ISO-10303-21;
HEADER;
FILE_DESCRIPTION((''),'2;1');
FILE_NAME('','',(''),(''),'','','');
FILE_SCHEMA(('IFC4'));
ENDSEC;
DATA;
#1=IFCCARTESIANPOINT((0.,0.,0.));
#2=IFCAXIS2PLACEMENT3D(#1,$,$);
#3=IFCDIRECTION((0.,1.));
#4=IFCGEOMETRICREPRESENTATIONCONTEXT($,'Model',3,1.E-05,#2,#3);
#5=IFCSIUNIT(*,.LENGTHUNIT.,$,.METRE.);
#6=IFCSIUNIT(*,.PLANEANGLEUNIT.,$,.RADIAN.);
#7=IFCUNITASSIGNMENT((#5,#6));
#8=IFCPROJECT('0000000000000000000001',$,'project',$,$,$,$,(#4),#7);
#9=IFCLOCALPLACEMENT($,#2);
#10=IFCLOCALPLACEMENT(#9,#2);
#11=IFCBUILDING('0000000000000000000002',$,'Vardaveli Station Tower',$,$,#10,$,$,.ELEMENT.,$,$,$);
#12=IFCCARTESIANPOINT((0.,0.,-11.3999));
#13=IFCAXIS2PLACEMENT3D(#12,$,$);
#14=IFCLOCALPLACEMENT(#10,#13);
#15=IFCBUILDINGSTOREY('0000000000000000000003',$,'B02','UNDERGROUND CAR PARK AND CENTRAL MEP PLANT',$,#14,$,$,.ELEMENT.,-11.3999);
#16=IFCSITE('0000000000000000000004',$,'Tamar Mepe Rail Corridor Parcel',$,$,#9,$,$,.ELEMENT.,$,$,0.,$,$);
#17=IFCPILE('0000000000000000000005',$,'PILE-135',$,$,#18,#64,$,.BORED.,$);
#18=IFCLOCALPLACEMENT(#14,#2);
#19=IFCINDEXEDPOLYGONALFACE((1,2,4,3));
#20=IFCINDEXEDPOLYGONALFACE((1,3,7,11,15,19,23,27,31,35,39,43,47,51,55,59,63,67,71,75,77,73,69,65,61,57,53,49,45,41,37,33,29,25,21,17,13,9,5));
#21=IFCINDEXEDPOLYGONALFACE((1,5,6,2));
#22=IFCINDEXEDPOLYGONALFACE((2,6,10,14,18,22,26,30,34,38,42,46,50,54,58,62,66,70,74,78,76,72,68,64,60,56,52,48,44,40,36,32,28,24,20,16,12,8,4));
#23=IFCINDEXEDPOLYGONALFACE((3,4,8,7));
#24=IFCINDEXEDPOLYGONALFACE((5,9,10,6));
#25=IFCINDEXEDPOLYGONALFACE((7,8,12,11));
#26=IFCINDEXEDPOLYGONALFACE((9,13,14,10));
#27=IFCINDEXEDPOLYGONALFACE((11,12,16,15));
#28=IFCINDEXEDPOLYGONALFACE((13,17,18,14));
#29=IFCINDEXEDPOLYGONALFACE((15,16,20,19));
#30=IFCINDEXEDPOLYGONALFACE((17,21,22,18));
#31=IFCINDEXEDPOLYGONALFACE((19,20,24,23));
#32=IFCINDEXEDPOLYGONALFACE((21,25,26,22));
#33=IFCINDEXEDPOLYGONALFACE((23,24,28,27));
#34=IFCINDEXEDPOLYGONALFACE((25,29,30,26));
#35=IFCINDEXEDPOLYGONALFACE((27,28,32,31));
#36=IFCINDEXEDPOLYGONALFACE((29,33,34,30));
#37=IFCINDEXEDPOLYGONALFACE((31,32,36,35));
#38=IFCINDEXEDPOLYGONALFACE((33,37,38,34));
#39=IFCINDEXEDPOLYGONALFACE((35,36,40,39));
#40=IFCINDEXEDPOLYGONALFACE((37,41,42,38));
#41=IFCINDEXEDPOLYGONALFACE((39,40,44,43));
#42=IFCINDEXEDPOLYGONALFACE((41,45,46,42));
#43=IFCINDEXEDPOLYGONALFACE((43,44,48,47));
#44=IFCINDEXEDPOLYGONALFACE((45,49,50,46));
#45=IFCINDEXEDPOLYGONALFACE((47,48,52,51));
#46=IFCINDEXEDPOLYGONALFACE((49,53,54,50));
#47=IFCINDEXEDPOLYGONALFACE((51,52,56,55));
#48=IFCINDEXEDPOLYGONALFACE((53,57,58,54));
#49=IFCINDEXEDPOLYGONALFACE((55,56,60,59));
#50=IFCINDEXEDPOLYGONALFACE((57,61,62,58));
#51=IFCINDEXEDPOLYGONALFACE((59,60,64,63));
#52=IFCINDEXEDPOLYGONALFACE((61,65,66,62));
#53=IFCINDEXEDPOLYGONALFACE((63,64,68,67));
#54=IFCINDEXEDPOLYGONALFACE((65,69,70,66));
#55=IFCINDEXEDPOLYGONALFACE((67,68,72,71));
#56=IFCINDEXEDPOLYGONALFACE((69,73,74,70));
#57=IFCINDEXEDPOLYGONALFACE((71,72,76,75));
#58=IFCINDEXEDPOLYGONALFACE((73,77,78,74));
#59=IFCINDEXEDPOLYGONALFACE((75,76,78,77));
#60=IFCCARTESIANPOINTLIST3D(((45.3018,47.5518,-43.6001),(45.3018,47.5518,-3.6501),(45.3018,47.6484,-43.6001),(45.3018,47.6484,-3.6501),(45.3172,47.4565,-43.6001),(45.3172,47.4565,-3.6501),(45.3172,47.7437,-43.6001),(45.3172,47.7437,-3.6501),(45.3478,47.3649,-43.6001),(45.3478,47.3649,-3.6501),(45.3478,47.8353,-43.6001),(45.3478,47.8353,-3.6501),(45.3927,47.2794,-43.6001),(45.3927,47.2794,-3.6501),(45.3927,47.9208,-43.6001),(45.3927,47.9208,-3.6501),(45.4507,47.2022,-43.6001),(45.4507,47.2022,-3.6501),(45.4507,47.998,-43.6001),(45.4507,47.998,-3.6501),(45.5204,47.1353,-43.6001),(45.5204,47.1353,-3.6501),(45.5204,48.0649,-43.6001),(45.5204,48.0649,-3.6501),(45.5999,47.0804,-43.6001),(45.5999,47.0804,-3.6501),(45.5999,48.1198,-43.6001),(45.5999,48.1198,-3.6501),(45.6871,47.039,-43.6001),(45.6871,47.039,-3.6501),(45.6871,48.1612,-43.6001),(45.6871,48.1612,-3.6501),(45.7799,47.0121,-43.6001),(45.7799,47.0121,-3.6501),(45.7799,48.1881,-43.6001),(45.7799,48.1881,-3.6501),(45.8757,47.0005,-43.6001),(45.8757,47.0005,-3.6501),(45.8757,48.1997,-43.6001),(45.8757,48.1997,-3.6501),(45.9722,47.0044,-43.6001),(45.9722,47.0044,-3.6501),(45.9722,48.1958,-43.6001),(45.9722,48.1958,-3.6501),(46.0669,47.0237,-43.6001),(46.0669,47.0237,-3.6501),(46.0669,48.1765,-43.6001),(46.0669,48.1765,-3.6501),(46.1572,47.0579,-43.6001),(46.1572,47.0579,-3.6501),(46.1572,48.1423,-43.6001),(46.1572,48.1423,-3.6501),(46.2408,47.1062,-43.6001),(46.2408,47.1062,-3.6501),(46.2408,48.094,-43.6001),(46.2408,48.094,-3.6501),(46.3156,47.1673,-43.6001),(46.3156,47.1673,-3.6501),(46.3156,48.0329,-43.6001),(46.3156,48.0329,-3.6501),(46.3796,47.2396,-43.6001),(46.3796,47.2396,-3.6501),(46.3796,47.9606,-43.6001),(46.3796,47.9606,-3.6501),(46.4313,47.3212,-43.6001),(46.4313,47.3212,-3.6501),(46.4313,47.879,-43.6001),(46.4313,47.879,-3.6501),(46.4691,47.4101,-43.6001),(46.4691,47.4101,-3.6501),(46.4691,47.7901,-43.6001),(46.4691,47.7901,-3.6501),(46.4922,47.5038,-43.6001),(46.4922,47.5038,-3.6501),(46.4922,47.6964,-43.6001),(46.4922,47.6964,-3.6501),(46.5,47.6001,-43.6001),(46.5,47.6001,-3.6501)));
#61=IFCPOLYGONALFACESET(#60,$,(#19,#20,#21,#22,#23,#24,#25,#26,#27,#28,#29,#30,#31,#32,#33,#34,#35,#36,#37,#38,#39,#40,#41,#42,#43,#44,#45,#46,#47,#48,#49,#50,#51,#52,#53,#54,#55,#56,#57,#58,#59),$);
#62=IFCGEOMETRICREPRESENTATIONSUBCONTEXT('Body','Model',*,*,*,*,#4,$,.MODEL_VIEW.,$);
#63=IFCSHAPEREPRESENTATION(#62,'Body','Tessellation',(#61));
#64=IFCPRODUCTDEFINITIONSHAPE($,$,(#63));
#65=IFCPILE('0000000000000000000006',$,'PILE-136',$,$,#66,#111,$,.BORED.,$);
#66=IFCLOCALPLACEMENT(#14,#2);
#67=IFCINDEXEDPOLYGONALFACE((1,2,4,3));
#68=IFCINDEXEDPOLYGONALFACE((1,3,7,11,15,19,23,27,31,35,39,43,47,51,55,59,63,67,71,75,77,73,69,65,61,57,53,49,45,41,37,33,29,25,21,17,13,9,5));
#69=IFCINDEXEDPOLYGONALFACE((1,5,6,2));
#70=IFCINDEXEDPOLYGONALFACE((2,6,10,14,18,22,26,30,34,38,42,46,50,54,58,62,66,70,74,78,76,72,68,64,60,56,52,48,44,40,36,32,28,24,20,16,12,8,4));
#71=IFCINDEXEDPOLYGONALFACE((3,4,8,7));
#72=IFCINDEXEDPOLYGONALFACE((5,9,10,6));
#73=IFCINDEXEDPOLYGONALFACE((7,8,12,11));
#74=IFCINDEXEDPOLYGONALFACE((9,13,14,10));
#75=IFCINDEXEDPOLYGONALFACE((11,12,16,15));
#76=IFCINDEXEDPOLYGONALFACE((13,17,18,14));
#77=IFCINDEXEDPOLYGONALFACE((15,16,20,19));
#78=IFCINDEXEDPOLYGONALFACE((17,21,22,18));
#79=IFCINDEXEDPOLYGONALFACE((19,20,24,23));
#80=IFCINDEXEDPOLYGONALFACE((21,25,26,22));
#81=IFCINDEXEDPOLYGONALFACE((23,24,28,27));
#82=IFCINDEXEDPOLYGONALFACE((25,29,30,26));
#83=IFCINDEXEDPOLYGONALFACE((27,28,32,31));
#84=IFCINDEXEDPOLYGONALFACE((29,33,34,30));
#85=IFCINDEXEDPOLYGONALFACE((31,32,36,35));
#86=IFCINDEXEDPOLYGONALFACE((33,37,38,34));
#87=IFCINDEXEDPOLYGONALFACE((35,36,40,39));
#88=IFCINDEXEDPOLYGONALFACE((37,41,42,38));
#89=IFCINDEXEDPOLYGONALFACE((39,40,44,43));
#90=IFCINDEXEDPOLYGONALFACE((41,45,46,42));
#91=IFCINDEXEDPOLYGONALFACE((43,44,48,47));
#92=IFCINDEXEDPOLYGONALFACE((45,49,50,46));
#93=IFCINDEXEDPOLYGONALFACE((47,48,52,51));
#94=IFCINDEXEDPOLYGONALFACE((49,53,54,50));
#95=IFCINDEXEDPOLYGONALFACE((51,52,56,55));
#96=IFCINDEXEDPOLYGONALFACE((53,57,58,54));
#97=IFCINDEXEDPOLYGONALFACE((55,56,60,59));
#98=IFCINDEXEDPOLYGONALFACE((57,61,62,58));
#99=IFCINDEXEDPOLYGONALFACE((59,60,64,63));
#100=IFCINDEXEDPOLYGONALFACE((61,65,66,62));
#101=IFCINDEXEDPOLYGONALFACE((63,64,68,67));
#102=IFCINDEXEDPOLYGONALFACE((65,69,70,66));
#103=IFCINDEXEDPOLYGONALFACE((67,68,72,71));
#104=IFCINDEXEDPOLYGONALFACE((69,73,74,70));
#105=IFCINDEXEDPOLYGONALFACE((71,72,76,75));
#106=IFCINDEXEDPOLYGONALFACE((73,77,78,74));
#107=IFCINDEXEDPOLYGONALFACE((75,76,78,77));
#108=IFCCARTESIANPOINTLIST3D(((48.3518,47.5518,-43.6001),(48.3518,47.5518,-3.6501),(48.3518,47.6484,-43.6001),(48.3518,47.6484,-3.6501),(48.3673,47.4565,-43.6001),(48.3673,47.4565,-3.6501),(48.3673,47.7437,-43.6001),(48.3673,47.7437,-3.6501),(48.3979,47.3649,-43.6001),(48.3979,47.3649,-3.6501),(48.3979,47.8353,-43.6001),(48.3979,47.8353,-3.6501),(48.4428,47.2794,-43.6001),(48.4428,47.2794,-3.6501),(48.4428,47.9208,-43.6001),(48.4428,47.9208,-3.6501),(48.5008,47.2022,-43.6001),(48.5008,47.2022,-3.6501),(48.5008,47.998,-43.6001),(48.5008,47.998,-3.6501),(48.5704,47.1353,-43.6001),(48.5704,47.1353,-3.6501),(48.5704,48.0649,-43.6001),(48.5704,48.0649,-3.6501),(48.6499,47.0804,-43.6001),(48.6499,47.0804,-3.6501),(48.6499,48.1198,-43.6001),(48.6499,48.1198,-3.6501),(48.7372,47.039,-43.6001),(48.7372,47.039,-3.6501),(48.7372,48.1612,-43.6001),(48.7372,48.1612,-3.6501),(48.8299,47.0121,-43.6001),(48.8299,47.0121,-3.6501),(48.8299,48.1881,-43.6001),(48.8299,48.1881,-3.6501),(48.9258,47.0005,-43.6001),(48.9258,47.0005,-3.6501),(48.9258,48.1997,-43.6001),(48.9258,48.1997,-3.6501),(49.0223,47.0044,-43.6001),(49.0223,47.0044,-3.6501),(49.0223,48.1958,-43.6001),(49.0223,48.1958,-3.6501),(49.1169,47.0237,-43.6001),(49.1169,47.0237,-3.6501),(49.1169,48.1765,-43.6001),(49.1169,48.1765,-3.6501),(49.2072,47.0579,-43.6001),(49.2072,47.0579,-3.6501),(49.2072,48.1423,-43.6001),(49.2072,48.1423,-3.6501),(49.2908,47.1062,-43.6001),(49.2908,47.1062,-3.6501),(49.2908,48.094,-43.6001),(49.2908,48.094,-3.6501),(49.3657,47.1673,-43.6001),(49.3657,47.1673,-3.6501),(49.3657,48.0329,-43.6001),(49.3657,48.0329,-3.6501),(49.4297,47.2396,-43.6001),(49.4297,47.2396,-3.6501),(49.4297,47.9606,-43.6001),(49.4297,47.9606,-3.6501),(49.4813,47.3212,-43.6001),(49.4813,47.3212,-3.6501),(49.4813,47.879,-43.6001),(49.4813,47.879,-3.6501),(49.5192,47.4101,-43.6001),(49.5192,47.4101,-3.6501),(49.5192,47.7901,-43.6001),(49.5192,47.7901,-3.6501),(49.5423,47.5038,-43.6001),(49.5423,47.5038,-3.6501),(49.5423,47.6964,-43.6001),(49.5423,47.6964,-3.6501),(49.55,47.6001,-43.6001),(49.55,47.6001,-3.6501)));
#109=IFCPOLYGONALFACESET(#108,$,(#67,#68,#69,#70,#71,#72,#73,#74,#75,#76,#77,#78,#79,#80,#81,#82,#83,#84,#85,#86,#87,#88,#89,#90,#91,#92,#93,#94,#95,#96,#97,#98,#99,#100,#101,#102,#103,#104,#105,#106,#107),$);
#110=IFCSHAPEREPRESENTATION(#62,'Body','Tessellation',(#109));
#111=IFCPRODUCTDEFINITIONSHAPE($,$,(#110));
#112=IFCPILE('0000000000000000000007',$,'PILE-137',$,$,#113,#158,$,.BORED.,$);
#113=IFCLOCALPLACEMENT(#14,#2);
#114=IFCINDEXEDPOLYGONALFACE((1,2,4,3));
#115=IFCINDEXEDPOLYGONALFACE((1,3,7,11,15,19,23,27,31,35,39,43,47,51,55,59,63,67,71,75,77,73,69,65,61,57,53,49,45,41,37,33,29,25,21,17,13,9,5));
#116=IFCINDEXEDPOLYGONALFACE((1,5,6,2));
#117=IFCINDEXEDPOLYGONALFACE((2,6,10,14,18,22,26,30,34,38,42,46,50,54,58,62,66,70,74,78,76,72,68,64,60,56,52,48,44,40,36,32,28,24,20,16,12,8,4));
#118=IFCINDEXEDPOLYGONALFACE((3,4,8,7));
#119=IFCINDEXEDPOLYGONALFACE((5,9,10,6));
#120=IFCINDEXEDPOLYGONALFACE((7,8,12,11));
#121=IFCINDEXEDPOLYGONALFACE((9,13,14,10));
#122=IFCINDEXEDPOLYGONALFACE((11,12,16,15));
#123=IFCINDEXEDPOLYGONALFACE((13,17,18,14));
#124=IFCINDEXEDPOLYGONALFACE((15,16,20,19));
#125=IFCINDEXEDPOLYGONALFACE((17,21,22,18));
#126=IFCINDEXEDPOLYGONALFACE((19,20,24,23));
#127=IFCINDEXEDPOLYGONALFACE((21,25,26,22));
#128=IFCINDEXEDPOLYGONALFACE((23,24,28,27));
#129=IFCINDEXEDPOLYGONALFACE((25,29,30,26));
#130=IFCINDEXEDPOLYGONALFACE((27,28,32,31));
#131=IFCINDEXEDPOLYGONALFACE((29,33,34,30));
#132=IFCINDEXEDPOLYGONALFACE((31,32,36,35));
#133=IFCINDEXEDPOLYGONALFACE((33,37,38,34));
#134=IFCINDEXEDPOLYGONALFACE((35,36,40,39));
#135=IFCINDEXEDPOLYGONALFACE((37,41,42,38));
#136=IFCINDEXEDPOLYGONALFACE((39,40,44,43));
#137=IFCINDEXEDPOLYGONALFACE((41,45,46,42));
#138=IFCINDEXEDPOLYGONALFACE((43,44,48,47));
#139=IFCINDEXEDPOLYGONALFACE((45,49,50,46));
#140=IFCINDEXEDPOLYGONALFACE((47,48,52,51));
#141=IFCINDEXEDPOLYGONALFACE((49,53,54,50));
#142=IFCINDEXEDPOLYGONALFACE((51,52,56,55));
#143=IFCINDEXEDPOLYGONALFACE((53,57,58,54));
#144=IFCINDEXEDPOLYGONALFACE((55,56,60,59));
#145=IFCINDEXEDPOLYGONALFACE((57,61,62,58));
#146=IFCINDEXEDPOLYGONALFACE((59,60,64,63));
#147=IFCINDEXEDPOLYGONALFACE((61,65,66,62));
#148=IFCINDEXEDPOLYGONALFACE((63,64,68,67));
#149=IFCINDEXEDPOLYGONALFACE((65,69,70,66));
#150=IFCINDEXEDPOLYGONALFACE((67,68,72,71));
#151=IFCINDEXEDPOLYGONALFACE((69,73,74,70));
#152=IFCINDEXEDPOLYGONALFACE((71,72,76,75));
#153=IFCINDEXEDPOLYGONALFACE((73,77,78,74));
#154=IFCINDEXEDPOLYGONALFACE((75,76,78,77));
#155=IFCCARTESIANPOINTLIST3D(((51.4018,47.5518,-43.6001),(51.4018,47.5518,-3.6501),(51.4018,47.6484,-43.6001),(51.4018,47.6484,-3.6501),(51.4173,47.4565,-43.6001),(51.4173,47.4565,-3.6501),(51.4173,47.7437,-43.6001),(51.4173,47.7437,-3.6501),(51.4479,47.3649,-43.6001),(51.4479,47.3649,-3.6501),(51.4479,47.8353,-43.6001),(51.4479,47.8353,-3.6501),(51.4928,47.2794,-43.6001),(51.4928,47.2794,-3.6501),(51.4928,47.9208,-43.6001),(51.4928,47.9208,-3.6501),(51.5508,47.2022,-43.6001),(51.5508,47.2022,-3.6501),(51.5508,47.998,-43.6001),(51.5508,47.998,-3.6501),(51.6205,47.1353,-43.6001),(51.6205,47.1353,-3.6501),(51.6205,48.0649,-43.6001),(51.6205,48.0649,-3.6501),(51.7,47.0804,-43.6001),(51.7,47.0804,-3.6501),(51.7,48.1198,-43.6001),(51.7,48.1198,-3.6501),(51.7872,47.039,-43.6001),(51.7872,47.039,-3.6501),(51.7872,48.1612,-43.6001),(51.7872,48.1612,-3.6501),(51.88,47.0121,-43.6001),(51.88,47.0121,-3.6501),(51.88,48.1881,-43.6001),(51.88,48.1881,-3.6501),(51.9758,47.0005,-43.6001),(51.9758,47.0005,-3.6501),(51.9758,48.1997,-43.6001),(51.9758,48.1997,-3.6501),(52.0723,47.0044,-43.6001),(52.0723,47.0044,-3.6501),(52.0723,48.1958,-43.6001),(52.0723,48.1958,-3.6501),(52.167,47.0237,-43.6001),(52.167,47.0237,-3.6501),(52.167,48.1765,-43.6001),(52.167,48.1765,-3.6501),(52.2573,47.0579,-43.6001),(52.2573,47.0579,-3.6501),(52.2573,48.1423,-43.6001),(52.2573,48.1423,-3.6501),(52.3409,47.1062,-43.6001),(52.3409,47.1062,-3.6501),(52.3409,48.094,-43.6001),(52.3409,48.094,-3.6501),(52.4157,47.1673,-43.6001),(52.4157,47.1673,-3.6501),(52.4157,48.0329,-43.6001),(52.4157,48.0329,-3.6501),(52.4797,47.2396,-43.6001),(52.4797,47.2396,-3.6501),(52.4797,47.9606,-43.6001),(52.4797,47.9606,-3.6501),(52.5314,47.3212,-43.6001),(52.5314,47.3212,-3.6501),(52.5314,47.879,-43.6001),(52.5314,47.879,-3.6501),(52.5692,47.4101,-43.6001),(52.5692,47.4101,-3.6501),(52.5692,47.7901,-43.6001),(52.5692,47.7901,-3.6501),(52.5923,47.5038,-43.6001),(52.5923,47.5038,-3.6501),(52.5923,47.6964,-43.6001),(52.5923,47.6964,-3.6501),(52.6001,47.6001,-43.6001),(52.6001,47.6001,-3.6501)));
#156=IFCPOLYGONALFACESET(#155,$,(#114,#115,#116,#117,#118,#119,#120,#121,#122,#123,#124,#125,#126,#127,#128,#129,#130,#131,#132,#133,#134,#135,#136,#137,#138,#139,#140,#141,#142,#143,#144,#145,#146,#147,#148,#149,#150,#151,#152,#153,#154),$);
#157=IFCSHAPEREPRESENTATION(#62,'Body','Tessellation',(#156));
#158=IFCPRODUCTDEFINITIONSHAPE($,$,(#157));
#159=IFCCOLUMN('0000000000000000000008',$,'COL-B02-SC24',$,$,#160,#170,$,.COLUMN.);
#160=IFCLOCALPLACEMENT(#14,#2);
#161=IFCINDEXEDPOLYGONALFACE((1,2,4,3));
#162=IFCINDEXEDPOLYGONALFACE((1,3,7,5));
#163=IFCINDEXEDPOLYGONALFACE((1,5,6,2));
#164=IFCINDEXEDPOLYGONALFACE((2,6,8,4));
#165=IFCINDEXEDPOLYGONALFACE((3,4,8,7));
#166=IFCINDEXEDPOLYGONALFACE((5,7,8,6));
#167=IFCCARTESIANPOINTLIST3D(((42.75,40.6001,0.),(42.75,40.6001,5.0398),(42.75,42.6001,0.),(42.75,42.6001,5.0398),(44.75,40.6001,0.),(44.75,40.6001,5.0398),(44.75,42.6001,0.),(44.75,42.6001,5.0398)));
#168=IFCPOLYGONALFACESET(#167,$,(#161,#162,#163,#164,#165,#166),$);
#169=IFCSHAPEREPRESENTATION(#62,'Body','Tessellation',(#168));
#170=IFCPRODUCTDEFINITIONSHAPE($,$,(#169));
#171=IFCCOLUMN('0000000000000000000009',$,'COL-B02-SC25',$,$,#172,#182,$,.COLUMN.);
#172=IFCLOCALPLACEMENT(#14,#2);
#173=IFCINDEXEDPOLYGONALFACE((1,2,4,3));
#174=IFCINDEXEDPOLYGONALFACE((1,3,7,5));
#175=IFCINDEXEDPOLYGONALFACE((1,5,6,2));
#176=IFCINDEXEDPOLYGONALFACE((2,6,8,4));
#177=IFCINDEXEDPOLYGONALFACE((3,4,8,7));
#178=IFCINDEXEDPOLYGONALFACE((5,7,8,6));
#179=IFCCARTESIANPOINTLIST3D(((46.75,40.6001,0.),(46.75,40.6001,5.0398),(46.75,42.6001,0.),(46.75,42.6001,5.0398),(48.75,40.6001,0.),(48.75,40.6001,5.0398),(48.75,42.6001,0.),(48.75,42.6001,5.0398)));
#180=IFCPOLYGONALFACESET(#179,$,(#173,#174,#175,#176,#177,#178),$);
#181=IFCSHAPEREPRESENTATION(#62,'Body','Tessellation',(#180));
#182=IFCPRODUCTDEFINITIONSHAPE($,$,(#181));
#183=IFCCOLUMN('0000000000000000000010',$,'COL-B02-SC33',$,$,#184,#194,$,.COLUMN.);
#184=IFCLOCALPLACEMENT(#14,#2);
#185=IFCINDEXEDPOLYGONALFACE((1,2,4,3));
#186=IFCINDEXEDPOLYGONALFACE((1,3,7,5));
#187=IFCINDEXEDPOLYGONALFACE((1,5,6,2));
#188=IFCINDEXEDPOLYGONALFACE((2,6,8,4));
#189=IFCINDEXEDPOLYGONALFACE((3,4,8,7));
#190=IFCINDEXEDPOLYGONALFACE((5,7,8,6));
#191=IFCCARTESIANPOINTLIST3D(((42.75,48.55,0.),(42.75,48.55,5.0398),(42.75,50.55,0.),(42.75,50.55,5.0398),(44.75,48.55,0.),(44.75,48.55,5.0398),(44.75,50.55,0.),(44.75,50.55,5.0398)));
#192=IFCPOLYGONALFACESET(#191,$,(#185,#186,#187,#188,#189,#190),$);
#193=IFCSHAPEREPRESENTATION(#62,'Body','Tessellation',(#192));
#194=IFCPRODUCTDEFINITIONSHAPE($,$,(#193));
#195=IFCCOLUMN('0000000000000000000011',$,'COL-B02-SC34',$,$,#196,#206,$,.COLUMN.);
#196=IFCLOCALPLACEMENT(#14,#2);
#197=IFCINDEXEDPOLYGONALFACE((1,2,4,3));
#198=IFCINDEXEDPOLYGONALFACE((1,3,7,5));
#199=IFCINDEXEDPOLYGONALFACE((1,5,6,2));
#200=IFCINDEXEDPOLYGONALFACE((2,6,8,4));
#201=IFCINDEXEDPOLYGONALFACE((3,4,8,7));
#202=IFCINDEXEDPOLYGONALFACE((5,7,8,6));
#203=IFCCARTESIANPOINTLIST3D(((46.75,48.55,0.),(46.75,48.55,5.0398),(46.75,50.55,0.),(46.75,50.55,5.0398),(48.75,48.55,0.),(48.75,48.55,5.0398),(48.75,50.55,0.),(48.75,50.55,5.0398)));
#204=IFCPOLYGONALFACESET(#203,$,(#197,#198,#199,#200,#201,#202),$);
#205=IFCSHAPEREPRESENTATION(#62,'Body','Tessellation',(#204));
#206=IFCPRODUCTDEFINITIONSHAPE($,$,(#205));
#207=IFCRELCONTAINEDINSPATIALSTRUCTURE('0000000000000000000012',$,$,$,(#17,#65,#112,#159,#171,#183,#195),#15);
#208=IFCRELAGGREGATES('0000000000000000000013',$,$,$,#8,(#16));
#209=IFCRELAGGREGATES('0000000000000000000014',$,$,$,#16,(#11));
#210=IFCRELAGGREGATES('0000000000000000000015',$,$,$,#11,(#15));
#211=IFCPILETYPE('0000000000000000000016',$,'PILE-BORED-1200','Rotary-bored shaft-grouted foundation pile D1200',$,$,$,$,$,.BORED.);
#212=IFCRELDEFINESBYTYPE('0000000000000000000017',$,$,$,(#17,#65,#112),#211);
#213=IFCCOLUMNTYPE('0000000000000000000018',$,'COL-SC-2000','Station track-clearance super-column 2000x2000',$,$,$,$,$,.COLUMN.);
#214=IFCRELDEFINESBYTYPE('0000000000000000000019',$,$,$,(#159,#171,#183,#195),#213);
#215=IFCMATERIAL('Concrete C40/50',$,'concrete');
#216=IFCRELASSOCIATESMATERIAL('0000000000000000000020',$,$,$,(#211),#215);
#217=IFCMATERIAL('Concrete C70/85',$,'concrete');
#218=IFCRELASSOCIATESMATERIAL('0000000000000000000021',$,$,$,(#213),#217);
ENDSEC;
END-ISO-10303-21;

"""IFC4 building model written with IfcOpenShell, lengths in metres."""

from ifc_helpers import new_model, si_unit, direction, frame, origin, origin_2d, place, context, subcontext, project, spatial, rectangle, circle, extrude, source, transform, mapped, material, material_profile, profile_set, type_object, element, save


model = new_model("IFC4")

# Units and contexts
model_context = context("Model", 3, precision=1e-05, world=origin(), true_north=direction((0.0, 1.0)))
body_context = subcontext(model_context, "Body", "Model", "MODEL_VIEW")
ifc_project = project(units=[si_unit("LENGTHUNIT", "METRE"), si_unit("PLANEANGLEUNIT", "RADIAN")], contexts=[model_context])

# Site, building, storey
site_placement = place(None, origin())
site = spatial("IfcSite", under=ifc_project, at=site_placement, Name="Tamar Mepe Rail Corridor Parcel", CompositionType="ELEMENT", RefElevation=0.0)
building_placement = place(site_placement, origin())
building = spatial("IfcBuilding", under=site, at=building_placement, Name="Vardaveli Station Tower", CompositionType="ELEMENT")
storey_placement = place(building_placement, frame((0.0, 0.0, -11.3999)))
storey = spatial("IfcBuildingStorey", under=building, at=storey_placement, Name="B02", Description="UNDERGROUND CAR PARK AND CENTRAL MEP PLANT", CompositionType="ELEMENT", Elevation=-11.3999)

# Piles
ifc_material_1 = material(Name="Concrete C40/50", Category="concrete")
ifc_material_profile_1 = material_profile(ifc_material_1, circle(Radius=0.6001, at=origin_2d()), Name="PILE D1200")
ifc_profile_set_1 = profile_set([ifc_material_profile_1], Name="Concrete C40/50")
pile_type_1 = type_object("IfcPileType", Name="PILE-BORED-1200", Description="Rotary-bored shaft-grouted foundation pile D1200", PredefinedType="BORED", material=ifc_profile_set_1)
shared_shape_1 = source(origin(), body_context, "Body", "SweptSolid", [
    extrude(circle(Radius=0.6001, at=origin_2d()), origin(), (0.0, 0.0, 1.0), 39.95),
])
for number, where, z_axis, x_axis, name in (
    (1, (45.8999, 47.6001, -3.6501), (0.0, 0.0, -1.0), (1.0, 0.0, 0.0), "PILE-135"),
    (2, (48.95, 47.6001, -3.6501), (0.0, 0.0, -1.0), (1.0, 0.0, 0.0), "PILE-136"),
    (3, (52.0, 47.6001, -3.6501), (0.0, 0.0, -1.0), (1.0, 0.0, 0.0), "PILE-137"),
):
    element("IfcPile", number, at=place(storey_placement, frame(where, z_axis=z_axis, x_axis=x_axis)), inside=storey, type_object=pile_type_1, Name=name, PredefinedType="BORED", context=body_context, shape_type="MappedRepresentation", body=[
        mapped(shared_shape_1, transform((0.0, 0.0, 0.0), scale=1.0)),
    ])

# Columns
ifc_material_2 = material(Name="Concrete C70/85", Category="concrete")
ifc_material_profile_2 = material_profile(ifc_material_2, rectangle(XDim=2.0, YDim=2.0, at=origin_2d()), Name="SC 2000x2000")
ifc_profile_set_2 = profile_set([ifc_material_profile_2], Name="Concrete C70/85")
column_type_1 = type_object("IfcColumnType", Name="COL-SC-2000", Description="Station track-clearance super-column 2000x2000", PredefinedType="COLUMN", material=ifc_profile_set_2)
shared_shape_2 = source(origin(), body_context, "Body", "SweptSolid", [
    extrude(rectangle(XDim=2.0, YDim=2.0, at=origin_2d()), origin(), (0.0, 0.0, 1.0), 5.0398),
])
for number, where, z_axis, x_axis, name in (
    (4, (43.75, 41.6001, 0.0), (0.0, 0.0, 1.0), (1.0, 0.0, 0.0), "COL-B02-SC24"),
    (5, (47.75, 41.6001, 0.0), (0.0, 0.0, 1.0), (1.0, 0.0, 0.0), "COL-B02-SC25"),
    (6, (43.75, 49.55, 0.0), (0.0, 0.0, 1.0), (1.0, 0.0, 0.0), "COL-B02-SC33"),
    (7, (47.75, 49.55, 0.0), (0.0, 0.0, 1.0), (1.0, 0.0, 0.0), "COL-B02-SC34"),
):
    element("IfcColumn", number, at=place(storey_placement, frame(where, z_axis=z_axis, x_axis=x_axis)), inside=storey, type_object=column_type_1, Name=name, PredefinedType="COLUMN", context=body_context, shape_type="MappedRepresentation", body=[
        mapped(shared_shape_2, transform((0.0, 0.0, 0.0), scale=1.0)),
    ])

save(model, "model.ifc")
